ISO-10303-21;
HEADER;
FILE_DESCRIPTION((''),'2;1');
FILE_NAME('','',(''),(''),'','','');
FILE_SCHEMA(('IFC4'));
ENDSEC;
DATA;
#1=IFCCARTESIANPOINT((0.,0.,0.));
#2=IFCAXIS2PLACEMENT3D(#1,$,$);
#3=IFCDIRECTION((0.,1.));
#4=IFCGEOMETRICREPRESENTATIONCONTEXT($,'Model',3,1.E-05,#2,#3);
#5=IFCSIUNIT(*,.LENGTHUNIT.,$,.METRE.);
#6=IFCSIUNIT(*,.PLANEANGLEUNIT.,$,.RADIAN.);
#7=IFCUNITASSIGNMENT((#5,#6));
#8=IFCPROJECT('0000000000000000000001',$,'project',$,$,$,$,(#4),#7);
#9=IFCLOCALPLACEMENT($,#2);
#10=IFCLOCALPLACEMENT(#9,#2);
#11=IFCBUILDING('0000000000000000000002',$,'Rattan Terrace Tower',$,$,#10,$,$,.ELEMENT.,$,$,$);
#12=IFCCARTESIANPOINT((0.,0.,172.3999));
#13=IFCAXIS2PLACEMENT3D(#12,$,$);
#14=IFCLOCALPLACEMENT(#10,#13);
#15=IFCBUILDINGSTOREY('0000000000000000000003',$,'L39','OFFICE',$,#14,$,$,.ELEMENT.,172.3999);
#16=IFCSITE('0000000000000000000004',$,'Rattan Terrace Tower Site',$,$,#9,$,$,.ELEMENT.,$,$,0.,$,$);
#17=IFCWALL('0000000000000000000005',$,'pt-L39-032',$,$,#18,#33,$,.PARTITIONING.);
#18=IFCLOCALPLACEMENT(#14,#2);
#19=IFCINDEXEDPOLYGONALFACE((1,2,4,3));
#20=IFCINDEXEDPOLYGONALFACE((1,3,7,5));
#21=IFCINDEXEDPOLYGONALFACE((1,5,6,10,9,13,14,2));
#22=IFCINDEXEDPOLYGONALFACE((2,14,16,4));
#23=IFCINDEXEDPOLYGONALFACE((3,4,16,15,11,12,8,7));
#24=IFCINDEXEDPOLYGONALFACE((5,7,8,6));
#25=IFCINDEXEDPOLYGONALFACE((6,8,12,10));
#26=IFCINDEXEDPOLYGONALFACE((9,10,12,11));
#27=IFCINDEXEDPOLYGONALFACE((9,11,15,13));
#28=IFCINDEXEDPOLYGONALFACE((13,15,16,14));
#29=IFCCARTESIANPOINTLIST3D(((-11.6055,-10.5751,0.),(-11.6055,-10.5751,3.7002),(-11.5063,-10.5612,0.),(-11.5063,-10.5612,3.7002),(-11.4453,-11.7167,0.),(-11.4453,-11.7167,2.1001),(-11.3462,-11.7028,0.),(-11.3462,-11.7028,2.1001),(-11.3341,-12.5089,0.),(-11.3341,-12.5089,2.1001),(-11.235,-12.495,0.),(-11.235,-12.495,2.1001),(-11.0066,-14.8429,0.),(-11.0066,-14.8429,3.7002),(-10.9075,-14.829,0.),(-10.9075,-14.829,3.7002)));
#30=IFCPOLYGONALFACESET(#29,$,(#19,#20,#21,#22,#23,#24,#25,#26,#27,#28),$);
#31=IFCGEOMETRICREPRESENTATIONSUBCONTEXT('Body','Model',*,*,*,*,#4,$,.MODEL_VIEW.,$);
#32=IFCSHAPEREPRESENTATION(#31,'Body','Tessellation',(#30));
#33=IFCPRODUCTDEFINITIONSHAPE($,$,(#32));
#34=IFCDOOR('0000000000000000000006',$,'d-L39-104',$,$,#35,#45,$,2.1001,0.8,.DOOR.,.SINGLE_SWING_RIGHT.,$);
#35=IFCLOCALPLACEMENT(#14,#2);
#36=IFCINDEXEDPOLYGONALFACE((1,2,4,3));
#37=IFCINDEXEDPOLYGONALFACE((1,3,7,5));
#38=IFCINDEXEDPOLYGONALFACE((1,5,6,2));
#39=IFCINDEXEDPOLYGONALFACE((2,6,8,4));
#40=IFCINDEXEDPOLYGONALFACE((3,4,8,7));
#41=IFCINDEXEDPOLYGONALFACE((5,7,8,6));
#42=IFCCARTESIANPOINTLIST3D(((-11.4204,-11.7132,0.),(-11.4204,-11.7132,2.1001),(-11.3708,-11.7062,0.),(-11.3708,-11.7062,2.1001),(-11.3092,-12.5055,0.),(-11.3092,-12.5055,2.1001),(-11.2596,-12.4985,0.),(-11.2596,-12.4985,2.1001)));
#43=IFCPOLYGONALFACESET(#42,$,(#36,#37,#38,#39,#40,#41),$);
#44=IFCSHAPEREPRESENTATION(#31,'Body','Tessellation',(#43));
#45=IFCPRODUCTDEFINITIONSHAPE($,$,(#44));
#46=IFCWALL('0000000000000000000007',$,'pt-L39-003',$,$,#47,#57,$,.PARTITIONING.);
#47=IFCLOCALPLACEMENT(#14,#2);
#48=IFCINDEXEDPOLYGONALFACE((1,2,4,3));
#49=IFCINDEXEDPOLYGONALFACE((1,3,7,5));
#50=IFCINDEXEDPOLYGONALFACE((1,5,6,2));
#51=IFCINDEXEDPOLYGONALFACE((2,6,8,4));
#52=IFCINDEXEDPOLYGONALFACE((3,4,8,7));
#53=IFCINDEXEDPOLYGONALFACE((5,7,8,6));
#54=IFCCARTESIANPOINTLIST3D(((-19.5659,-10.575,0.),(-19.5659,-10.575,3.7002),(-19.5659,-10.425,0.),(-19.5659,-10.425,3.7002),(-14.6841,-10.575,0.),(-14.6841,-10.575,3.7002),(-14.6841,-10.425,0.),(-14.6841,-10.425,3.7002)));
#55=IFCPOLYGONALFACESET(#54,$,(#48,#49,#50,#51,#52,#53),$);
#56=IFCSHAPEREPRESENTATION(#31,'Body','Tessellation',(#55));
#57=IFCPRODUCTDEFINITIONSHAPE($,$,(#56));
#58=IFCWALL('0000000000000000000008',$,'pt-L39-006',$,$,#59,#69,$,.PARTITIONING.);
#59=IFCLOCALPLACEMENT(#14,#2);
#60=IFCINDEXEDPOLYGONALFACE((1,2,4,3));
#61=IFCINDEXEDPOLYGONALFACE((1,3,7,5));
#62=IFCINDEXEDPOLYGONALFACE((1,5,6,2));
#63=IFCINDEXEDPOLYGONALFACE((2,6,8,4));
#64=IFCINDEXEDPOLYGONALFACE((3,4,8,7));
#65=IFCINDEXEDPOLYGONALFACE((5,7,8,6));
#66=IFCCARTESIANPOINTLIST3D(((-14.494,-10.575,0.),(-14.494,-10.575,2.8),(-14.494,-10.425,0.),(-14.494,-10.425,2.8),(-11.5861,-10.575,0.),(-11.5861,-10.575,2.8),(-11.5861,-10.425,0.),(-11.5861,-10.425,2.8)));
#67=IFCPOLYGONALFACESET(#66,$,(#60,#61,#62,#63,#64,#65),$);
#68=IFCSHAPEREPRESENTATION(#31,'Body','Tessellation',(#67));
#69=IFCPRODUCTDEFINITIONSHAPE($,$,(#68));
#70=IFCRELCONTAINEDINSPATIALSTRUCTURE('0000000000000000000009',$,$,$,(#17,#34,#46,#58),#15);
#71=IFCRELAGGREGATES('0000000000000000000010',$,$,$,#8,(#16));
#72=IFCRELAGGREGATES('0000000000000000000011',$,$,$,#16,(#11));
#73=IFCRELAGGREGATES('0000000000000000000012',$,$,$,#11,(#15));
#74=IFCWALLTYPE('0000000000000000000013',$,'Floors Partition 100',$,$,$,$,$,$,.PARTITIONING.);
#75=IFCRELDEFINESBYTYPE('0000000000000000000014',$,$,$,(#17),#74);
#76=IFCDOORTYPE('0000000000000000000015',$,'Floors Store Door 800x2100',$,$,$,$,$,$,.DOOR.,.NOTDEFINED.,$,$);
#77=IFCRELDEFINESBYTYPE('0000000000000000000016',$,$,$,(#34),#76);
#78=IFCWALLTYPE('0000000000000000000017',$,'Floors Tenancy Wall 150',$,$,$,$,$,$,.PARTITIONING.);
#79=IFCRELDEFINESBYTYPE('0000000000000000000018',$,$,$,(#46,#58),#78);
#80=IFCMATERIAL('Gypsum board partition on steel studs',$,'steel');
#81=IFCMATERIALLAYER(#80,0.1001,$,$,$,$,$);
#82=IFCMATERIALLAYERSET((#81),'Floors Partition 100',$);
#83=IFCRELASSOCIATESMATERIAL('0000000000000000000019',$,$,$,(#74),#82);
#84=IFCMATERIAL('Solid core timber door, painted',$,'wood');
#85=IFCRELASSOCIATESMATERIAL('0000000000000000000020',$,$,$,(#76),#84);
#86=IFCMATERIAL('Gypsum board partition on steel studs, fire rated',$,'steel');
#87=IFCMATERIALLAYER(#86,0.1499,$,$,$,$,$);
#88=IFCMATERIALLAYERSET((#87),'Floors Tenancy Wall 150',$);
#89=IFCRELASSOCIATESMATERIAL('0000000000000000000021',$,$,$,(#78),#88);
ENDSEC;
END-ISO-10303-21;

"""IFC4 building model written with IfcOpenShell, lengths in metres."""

from ifc_helpers import new_model, si_unit, direction, frame, frame_2d, origin, place, context, subcontext, project, spatial, rectangle, extrude, material, layer, layer_set, type_object, element, fill, save


model = new_model("IFC4")

# Units and contexts
model_context = context("Model", 3, precision=1e-05, world=origin(), true_north=direction((0.0, 1.0)))
body_context = subcontext(model_context, "Body", "Model", "MODEL_VIEW")
ifc_project = project(units=[si_unit("LENGTHUNIT", "METRE"), si_unit("PLANEANGLEUNIT", "RADIAN")], contexts=[model_context])

# Site, building, storey
site_placement = place(None, origin())
site = spatial("IfcSite", under=ifc_project, at=site_placement, Name="Rattan Terrace Tower Site", CompositionType="ELEMENT", RefElevation=0.0)
building_placement = place(site_placement, origin())
building = spatial("IfcBuilding", under=site, at=building_placement, Name="Rattan Terrace Tower", CompositionType="ELEMENT")
storey_placement = place(building_placement, frame((0.0, 0.0, 172.3999)))
storey = spatial("IfcBuildingStorey", under=building, at=storey_placement, Name="L39", Description="OFFICE", CompositionType="ELEMENT", Elevation=172.3999)

# Shared definitions
ifc_material_1 = material(Name="Gypsum board partition on steel studs", Category="steel")
ifc_layer_1 = layer(ifc_material_1, 0.1001)
ifc_layer_set_1 = layer_set([ifc_layer_1], Name="Floors Partition 100")
wall_type_1 = type_object("IfcWallType", Name="Floors Partition 100", PredefinedType="PARTITIONING", material=ifc_layer_set_1)

# Wall, opening, door
wall_1_placement = place(storey_placement, frame((-10.957, -14.8359, 0.0), z_axis=(0.0, 0.0, 1.0), x_axis=(-0.138962, 0.990298, 0.0)))
wall_1 = element("IfcWall", 1, at=wall_1_placement, inside=storey, type_object=wall_type_1, Name="pt-L39-032", PredefinedType="PARTITIONING", context=body_context, shape_type="SweptSolid", body=[
    extrude(rectangle(XDim=4.3096, YDim=0.1001, at=frame_2d((2.1548, 0.0))), origin(), (0.0, 0.0, 1.0), 3.7002),
])
opening_1_placement = place(wall_1_placement, frame((2.3569, 0.0, 0.0)))
opening_1 = element("IfcOpeningElement", 2, at=opening_1_placement, cuts=wall_1, PredefinedType="OPENING", context=body_context, shape_type="SweptSolid", body=[
    extrude(rectangle(XDim=0.8, YDim=2.1001, at=frame_2d((0.3999, 1.05))), frame((0.0, 0.0605, 0.0), z_axis=(0.0, -1.0, 0.0), x_axis=(1.0, 0.0, 0.0)), (0.0, 0.0, 1.0), 0.1211),
])
ifc_material_2 = material(Name="Solid core timber door, painted", Category="wood")
door_type_1 = type_object("IfcDoorType", Name="Floors Store Door 800x2100", OperationType="NOTDEFINED", PredefinedType="DOOR", material=ifc_material_2)
door_1_placement = place(opening_1_placement, origin())
door_1 = element("IfcDoor", 3, at=door_1_placement, inside=storey, type_object=door_type_1, Name="d-L39-104", OperationType="SINGLE_SWING_RIGHT", OverallHeight=2.1001, OverallWidth=0.8, PredefinedType="DOOR", context=body_context, shape_type="SweptSolid", body=[
    extrude(rectangle(XDim=0.8, YDim=2.1001, at=frame_2d((0.3999, 1.05))), frame((0.0, 0.0249, 0.0), z_axis=(0.0, -1.0, 0.0), x_axis=(1.0, 0.0, 0.0)), (0.0, 0.0, 1.0), 0.05),
])
fill(opening_1, door_1)

# Walls
ifc_material_3 = material(Name="Gypsum board partition on steel studs, fire rated", Category="steel")
ifc_layer_2 = layer(ifc_material_3, 0.1499)
ifc_layer_set_2 = layer_set([ifc_layer_2], Name="Floors Tenancy Wall 150")
wall_type_2 = type_object("IfcWallType", Name="Floors Tenancy Wall 150", PredefinedType="PARTITIONING", material=ifc_layer_set_2)
wall_2_placement = place(storey_placement, frame((-14.6841, -10.5, 0.0), z_axis=(0.0, 0.0, 1.0), x_axis=(-1.0, 0.0, 0.0)))
element("IfcWall", 4, at=wall_2_placement, inside=storey, type_object=wall_type_2, Name="pt-L39-003", PredefinedType="PARTITIONING", context=body_context, shape_type="SweptSolid", body=[
    extrude(rectangle(XDim=4.8818, YDim=0.1499, at=frame_2d((2.4409, 0.0))), origin(), (0.0, 0.0, 1.0), 3.7002),
])
wall_3_placement = place(storey_placement, frame((-11.5859, -10.5, 0.0), z_axis=(0.0, 0.0, 1.0), x_axis=(-1.0, 0.0, 0.0)))
element("IfcWall", 5, at=wall_3_placement, inside=storey, type_object=wall_type_2, Name="pt-L39-006", PredefinedType="PARTITIONING", context=body_context, shape_type="SweptSolid", body=[
    extrude(rectangle(XDim=2.908, YDim=0.1499, at=frame_2d((1.4541, 0.0))), origin(), (0.0, 0.0, 1.0), 2.8),
])

save(model, "model.ifc")
